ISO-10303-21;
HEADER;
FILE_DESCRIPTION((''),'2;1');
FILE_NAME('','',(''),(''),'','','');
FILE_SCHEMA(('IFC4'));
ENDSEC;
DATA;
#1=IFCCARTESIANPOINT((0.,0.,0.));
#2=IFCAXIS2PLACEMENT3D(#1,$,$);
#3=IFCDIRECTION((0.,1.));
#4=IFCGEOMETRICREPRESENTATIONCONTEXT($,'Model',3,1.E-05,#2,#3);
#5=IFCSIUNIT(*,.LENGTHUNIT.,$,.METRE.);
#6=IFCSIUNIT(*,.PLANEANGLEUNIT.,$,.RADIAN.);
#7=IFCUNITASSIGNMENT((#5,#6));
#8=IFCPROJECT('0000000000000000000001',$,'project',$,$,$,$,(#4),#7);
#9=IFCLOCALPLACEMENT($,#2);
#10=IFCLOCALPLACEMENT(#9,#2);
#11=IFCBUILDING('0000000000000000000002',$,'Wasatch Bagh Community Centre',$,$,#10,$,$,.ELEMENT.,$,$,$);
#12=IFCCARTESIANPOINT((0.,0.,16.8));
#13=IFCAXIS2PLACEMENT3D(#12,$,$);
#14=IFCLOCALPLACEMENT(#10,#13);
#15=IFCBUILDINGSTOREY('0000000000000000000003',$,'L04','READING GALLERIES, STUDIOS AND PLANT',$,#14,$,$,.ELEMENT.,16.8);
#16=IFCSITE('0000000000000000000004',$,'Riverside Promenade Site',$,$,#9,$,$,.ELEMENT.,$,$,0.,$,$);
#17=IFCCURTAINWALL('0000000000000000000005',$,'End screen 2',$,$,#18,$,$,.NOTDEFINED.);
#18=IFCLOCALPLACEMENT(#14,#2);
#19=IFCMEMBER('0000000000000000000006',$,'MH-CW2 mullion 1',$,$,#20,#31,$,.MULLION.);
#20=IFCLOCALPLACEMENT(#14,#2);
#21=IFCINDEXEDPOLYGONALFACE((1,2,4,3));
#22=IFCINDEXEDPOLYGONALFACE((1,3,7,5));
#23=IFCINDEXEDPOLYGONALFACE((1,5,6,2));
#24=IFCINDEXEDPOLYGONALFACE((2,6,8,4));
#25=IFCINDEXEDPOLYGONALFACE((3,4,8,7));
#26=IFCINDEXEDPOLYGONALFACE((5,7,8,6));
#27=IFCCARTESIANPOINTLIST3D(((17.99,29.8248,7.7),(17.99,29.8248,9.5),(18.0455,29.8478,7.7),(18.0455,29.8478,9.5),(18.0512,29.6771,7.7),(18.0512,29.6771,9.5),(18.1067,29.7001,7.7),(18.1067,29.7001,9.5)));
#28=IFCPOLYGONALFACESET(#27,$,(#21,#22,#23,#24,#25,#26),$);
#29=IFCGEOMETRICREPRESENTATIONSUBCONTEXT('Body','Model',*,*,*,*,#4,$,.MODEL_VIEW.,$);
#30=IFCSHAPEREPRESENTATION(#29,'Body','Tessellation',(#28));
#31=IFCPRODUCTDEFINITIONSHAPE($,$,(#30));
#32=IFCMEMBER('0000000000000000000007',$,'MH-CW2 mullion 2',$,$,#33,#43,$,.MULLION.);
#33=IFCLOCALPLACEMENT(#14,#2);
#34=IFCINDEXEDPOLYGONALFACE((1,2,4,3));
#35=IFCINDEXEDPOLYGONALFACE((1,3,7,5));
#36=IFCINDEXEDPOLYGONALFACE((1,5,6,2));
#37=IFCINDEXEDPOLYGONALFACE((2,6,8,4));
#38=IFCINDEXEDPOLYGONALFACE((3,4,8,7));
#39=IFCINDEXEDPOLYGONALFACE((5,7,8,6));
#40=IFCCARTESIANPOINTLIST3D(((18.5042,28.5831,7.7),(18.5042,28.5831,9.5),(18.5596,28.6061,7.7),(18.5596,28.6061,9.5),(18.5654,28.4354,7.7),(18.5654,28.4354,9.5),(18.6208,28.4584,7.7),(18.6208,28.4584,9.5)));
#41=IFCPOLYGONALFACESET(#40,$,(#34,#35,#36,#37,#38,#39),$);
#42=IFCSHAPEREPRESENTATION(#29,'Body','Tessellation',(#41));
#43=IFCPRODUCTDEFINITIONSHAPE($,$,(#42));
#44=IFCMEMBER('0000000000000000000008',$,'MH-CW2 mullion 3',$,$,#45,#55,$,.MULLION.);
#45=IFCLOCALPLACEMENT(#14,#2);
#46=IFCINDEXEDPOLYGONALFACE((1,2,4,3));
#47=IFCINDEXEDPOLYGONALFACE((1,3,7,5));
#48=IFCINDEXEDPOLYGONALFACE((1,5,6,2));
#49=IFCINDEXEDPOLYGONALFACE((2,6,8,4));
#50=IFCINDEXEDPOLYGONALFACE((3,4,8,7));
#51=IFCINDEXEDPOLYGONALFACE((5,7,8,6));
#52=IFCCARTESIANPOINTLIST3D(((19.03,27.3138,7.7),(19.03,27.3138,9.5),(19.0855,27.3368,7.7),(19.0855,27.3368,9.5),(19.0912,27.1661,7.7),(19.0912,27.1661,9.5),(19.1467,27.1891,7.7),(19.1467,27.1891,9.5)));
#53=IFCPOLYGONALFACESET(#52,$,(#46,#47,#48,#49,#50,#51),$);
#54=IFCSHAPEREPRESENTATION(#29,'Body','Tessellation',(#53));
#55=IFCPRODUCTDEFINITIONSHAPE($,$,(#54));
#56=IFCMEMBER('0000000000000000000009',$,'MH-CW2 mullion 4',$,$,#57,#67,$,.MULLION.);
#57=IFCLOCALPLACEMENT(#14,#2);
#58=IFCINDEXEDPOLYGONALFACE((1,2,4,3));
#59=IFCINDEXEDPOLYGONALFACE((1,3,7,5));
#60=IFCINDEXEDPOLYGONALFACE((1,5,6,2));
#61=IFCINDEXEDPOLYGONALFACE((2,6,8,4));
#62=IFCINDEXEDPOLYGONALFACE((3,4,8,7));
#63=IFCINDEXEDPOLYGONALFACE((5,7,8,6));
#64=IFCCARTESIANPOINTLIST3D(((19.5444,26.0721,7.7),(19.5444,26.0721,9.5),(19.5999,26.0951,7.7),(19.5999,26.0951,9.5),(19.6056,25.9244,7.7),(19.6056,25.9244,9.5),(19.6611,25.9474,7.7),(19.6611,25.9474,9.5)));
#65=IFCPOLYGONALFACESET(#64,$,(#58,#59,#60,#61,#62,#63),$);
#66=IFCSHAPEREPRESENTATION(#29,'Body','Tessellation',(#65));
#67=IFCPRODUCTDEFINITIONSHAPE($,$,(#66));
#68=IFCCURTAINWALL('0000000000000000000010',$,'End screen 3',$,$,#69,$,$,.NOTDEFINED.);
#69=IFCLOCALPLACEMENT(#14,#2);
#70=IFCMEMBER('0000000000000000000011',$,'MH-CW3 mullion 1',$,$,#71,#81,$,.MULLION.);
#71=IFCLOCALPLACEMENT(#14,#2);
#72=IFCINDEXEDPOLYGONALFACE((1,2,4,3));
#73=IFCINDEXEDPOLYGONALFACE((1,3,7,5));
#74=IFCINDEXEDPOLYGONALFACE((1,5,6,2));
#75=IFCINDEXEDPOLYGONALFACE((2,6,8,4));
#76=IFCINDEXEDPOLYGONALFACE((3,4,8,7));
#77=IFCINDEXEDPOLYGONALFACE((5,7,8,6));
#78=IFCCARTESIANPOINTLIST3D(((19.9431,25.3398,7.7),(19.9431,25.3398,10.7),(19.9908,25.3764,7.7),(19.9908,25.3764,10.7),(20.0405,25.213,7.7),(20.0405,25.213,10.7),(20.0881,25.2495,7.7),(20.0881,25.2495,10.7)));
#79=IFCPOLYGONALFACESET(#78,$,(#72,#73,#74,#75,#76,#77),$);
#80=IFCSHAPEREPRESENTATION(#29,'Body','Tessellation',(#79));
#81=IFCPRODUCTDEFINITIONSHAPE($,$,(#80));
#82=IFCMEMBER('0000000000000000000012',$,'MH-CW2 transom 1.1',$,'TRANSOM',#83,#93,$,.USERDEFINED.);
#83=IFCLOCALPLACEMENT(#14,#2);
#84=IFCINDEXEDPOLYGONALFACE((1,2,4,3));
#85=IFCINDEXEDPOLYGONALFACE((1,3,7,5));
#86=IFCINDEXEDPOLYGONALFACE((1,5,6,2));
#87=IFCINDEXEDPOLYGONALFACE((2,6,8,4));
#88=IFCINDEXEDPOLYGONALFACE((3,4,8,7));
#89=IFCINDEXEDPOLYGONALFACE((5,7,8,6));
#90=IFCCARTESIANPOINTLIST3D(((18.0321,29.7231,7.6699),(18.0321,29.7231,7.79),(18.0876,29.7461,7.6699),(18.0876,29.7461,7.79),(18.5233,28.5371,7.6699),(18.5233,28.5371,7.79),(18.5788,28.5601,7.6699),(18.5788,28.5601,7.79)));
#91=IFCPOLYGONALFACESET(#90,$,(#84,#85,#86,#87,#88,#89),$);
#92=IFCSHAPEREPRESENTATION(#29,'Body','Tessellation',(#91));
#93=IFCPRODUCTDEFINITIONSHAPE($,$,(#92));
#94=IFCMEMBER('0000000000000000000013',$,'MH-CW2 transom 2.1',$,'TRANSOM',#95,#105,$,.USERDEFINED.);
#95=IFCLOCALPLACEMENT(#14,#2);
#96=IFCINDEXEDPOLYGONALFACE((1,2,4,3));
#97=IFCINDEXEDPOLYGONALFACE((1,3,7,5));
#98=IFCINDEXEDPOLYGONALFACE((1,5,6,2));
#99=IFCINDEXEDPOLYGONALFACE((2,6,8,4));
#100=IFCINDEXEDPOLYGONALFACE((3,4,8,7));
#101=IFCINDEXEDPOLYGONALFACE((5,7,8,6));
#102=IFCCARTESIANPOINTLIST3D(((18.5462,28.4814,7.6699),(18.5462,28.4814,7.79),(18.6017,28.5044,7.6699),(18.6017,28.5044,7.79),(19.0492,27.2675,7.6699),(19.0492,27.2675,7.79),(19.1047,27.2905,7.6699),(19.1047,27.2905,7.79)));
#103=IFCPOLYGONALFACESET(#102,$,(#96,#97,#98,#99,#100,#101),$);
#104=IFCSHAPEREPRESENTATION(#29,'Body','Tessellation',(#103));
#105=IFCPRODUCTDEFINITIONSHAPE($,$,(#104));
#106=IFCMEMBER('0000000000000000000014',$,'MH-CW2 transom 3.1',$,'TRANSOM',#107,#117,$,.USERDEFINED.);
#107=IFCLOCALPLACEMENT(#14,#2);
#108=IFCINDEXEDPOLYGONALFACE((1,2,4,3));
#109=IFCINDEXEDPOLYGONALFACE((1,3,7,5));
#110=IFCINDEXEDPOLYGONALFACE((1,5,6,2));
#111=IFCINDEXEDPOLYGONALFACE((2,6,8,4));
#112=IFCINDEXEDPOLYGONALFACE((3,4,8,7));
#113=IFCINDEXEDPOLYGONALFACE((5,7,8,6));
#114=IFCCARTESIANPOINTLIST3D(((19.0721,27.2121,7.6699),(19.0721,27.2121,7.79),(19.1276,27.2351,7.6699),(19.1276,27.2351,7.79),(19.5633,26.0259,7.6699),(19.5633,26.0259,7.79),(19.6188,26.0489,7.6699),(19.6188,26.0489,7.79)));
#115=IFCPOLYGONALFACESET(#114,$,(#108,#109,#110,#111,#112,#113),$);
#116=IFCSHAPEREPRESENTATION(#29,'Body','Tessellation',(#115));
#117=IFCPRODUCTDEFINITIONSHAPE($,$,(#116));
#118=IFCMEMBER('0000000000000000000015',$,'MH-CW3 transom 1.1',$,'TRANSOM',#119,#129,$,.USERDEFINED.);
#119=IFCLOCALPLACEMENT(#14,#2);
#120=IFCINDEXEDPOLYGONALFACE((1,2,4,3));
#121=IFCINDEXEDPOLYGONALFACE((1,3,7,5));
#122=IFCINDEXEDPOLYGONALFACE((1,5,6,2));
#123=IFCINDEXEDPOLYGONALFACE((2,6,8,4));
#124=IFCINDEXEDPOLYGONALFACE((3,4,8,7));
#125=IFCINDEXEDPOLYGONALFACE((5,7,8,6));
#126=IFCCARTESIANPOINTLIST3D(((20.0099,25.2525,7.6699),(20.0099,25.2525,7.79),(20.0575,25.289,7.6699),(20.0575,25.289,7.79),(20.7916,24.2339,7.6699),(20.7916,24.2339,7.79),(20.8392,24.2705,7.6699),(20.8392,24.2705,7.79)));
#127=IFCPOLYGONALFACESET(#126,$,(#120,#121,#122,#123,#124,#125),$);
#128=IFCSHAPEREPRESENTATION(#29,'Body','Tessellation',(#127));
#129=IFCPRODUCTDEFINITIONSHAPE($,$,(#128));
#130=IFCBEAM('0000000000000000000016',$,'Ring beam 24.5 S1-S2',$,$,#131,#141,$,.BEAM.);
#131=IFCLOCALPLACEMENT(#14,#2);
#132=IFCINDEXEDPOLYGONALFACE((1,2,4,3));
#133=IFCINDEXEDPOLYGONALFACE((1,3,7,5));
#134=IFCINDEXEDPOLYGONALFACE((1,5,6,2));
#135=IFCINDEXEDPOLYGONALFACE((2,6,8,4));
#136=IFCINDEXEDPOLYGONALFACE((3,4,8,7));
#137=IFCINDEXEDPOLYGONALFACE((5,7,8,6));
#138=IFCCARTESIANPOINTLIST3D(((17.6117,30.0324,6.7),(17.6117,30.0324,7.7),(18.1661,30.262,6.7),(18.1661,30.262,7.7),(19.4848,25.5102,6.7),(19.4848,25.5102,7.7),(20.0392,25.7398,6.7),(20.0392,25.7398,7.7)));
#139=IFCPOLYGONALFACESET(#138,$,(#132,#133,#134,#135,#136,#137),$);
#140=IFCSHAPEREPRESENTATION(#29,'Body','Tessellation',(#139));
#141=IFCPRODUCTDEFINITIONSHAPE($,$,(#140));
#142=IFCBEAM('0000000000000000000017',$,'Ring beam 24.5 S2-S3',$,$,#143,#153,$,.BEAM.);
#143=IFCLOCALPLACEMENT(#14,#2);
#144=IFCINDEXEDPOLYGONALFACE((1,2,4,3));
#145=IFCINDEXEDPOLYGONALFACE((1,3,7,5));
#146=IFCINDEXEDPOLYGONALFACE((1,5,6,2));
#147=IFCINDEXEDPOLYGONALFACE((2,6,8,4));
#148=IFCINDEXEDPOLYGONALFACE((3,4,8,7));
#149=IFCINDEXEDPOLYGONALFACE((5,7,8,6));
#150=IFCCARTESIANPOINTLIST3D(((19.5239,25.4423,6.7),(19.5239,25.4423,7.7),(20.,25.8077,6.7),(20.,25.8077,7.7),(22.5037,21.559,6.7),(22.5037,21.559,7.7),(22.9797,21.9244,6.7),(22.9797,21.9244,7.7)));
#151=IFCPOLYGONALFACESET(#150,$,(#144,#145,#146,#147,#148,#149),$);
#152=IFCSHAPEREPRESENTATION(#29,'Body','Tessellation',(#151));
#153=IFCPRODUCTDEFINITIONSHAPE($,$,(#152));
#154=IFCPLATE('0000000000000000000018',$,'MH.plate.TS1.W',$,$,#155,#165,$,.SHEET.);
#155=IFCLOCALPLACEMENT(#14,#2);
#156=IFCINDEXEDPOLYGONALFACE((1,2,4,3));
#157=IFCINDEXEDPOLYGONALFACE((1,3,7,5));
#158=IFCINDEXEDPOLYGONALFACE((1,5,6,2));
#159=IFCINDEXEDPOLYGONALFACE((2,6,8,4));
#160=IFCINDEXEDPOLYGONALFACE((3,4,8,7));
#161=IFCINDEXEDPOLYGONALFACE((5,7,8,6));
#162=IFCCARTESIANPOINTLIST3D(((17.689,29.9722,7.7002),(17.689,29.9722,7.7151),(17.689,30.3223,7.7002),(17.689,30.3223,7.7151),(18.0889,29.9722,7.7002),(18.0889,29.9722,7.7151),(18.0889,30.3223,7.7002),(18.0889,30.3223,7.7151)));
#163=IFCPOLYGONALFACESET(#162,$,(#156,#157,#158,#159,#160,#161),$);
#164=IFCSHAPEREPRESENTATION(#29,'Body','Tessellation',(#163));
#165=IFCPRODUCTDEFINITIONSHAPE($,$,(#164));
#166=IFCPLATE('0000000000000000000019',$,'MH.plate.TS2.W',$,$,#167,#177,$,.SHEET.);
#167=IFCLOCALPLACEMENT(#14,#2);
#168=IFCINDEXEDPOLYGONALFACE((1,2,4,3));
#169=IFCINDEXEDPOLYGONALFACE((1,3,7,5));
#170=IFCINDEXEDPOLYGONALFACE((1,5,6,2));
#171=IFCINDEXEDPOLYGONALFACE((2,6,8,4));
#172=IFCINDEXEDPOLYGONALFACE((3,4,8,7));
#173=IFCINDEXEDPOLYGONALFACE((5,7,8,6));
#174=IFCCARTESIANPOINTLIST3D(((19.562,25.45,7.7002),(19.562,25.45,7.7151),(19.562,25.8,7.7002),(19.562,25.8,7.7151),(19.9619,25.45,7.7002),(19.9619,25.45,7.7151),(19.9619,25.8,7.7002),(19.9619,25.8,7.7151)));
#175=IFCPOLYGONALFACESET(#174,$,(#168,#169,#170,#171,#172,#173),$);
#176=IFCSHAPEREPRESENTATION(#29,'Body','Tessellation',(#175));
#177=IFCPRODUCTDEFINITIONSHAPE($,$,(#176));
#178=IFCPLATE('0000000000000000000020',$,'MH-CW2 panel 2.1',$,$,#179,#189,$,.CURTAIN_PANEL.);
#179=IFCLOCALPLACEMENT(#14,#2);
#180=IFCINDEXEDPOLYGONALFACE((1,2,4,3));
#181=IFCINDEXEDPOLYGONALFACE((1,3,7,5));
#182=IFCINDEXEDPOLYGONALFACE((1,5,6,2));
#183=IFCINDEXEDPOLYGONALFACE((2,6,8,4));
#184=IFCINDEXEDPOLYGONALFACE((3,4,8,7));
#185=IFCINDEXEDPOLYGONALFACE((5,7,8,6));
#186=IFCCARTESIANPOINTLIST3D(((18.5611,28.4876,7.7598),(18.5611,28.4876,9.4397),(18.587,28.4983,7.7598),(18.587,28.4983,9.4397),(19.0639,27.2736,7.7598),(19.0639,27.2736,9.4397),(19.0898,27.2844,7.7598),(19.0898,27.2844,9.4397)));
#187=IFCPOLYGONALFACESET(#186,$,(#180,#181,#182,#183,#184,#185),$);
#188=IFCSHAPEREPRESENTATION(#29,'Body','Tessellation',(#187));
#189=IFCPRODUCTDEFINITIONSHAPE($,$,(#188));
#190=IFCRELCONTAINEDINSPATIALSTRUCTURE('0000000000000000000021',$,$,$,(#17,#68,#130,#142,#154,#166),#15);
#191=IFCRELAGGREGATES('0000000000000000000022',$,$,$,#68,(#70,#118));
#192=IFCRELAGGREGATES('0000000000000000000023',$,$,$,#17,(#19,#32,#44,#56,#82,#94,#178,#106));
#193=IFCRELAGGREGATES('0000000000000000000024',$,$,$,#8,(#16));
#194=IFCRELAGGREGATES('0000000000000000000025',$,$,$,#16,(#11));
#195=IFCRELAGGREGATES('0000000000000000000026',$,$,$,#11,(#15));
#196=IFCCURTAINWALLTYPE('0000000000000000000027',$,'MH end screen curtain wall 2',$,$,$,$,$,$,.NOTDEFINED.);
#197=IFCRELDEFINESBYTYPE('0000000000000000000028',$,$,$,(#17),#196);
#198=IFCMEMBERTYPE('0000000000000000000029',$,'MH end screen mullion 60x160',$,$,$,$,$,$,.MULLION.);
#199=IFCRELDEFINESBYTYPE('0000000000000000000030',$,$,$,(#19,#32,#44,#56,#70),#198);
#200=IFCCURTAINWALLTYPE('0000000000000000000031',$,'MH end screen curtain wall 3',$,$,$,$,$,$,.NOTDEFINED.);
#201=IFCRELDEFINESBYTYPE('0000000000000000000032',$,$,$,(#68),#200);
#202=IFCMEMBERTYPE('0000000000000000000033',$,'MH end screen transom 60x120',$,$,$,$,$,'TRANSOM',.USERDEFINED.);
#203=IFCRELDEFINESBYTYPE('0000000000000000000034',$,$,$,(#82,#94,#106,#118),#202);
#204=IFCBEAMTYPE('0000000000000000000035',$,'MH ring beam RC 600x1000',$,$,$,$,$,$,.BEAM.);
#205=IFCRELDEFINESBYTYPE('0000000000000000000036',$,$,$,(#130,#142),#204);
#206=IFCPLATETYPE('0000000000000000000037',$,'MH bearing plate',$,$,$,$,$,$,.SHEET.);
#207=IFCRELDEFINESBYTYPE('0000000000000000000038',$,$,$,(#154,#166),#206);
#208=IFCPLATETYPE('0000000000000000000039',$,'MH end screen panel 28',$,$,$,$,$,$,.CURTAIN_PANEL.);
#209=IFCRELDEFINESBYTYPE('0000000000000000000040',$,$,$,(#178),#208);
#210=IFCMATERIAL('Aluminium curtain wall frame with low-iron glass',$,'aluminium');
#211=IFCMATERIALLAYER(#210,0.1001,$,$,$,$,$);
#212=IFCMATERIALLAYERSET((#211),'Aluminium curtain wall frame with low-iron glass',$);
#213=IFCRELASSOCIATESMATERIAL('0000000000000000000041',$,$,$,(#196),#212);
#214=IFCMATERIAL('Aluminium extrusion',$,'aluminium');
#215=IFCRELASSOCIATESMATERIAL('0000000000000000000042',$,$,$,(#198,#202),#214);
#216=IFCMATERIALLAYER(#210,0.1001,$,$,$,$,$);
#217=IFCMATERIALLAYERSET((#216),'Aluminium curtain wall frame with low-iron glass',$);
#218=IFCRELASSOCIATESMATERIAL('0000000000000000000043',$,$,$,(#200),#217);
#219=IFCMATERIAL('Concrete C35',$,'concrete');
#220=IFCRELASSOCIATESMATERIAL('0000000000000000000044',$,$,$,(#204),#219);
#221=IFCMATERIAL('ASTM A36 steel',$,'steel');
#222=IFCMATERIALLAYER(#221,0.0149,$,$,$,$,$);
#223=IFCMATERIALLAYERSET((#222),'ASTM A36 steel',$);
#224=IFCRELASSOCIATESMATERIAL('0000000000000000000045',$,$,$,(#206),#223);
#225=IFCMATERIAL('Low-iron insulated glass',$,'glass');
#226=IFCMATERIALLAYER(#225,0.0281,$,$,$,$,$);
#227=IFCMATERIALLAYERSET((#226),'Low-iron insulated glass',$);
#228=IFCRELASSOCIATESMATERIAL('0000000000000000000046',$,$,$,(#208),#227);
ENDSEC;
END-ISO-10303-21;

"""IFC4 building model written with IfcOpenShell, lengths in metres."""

from ifc_helpers import new_model, si_unit, direction, frame, origin, origin_2d, place, context, subcontext, project, spatial, rectangle, extrude, material, layer, layer_set, material_profile, profile_set, type_object, element, aggregate, save


model = new_model("IFC4")

# Units and contexts
model_context = context("Model", 3, precision=1e-05, world=origin(), true_north=direction((0.0, 1.0)))
body_context = subcontext(model_context, "Body", "Model", "MODEL_VIEW")
ifc_project = project(units=[si_unit("LENGTHUNIT", "METRE"), si_unit("PLANEANGLEUNIT", "RADIAN")], contexts=[model_context])

# Site, building, storey
site_placement = place(None, origin())
site = spatial("IfcSite", under=ifc_project, at=site_placement, Name="Riverside Promenade Site", CompositionType="ELEMENT", RefElevation=0.0)
building_placement = place(site_placement, origin())
building = spatial("IfcBuilding", under=site, at=building_placement, Name="Wasatch Bagh Community Centre", CompositionType="ELEMENT")
storey_placement = place(building_placement, frame((0.0, 0.0, 16.8)))
storey = spatial("IfcBuildingStorey", under=building, at=storey_placement, Name="L04", Description="READING GALLERIES, STUDIOS AND PLANT", CompositionType="ELEMENT", Elevation=16.8)

# Curtain wall, members
ifc_material_1 = material(Name="Aluminium curtain wall frame with low-iron glass", Category="aluminium")
ifc_layer_1 = layer(ifc_material_1, 0.1001)
ifc_layer_set_1 = layer_set([ifc_layer_1], Name="Aluminium curtain wall frame with low-iron glass")
curtain_wall_type_1 = type_object("IfcCurtainWallType", Name="MH end screen curtain wall 2", PredefinedType="NOTDEFINED", material=ifc_layer_set_1)
curtain_wall_1_placement = place(storey_placement, origin())
curtain_wall_1 = element("IfcCurtainWall", 1, at=curtain_wall_1_placement, inside=storey, type_object=curtain_wall_type_1, Name="End screen 2", PredefinedType="NOTDEFINED")
ifc_material_2 = material(Name="Aluminium extrusion", Category="aluminium")
ifc_material_profile_1 = material_profile(ifc_material_2, rectangle(XDim=0.0601, YDim=0.1599, at=origin_2d()), Name="AL 60x160")
ifc_profile_set_1 = profile_set([ifc_material_profile_1], Name="Aluminium extrusion")
member_type_1 = type_object("IfcMemberType", Name="MH end screen mullion 60x160", PredefinedType="MULLION", material=ifc_profile_set_1)
member_1_placement = place(storey_placement, frame((18.0483, 29.7625, 7.7), z_axis=(0.0, 0.0, 1.0), x_axis=(0.92388, 0.382683, 0.0)))
member_1 = element("IfcMember", 2, at=member_1_placement, type_object=member_type_1, Name="MH-CW2 mullion 1", PredefinedType="MULLION", context=body_context, shape_type="SweptSolid", body=[
    extrude(rectangle(XDim=0.0601, YDim=0.1599, at=origin_2d()), origin(), (0.0, 0.0, 1.0), 1.8),
])
member_2_placement = place(storey_placement, frame((18.5625, 28.5208, 7.7), z_axis=(0.0, 0.0, 1.0), x_axis=(0.92388, 0.382683, 0.0)))
member_2 = element("IfcMember", 3, at=member_2_placement, type_object=member_type_1, Name="MH-CW2 mullion 2", PredefinedType="MULLION", context=body_context, shape_type="SweptSolid", body=[
    extrude(rectangle(XDim=0.0601, YDim=0.1599, at=origin_2d()), origin(), (0.0, 0.0, 1.0), 1.8),
])
member_3_placement = place(storey_placement, frame((19.0884, 27.2515, 7.7), z_axis=(0.0, 0.0, 1.0), x_axis=(0.92388, 0.382683, 0.0)))
member_3 = element("IfcMember", 4, at=member_3_placement, type_object=member_type_1, Name="MH-CW2 mullion 3", PredefinedType="MULLION", context=body_context, shape_type="SweptSolid", body=[
    extrude(rectangle(XDim=0.0601, YDim=0.1599, at=origin_2d()), origin(), (0.0, 0.0, 1.0), 1.8),
])
member_4_placement = place(storey_placement, frame((19.6028, 26.0098, 7.7), z_axis=(0.0, 0.0, 1.0), x_axis=(0.92388, 0.382683, 0.0)))
member_4 = element("IfcMember", 5, at=member_4_placement, type_object=member_type_1, Name="MH-CW2 mullion 4", PredefinedType="MULLION", context=body_context, shape_type="SweptSolid", body=[
    extrude(rectangle(XDim=0.0601, YDim=0.1599, at=origin_2d()), origin(), (0.0, 0.0, 1.0), 1.8),
])

# Curtain wall, member
ifc_layer_2 = layer(ifc_material_1, 0.1001)
ifc_layer_set_2 = layer_set([ifc_layer_2], Name="Aluminium curtain wall frame with low-iron glass")
curtain_wall_type_2 = type_object("IfcCurtainWallType", Name="MH end screen curtain wall 3", PredefinedType="NOTDEFINED", material=ifc_layer_set_2)
curtain_wall_2_placement = place(storey_placement, origin())
curtain_wall_2 = element("IfcCurtainWall", 6, at=curtain_wall_2_placement, inside=storey, type_object=curtain_wall_type_2, Name="End screen 3", PredefinedType="NOTDEFINED")
member_5_placement = place(storey_placement, frame((20.0156, 25.2947, 7.7), z_axis=(0.0, 0.0, 1.0), x_axis=(0.793353, 0.608761, 0.0)))
member_5 = element("IfcMember", 7, at=member_5_placement, type_object=member_type_1, Name="MH-CW3 mullion 1", PredefinedType="MULLION", context=body_context, shape_type="SweptSolid", body=[
    extrude(rectangle(XDim=0.0601, YDim=0.1599, at=origin_2d()), origin(), (0.0, 0.0, 1.0), 3.0),
])

# Members
ifc_material_profile_2 = material_profile(ifc_material_2, rectangle(XDim=0.0601, YDim=0.1201, at=origin_2d()), Name="AL 60x120")
ifc_profile_set_2 = profile_set([ifc_material_profile_2], Name="Aluminium extrusion")
member_type_2 = type_object("IfcMemberType", Name="MH end screen transom 60x120", ElementType="TRANSOM", PredefinedType="USERDEFINED", material=ifc_profile_set_2)
member_6_placement = place(storey_placement, frame((18.0598, 29.7346, 7.73), z_axis=(0.382643, -0.923896, 0.0), x_axis=(0.923896, 0.382643, 0.0)))
member_6 = element("IfcMember", 8, at=member_6_placement, type_object=member_type_2, Name="MH-CW2 transom 1.1", ObjectType="TRANSOM", PredefinedType="USERDEFINED", context=body_context, shape_type="SweptSolid", body=[
    extrude(rectangle(XDim=0.0601, YDim=0.1201, at=origin_2d()), origin(), (0.0, 0.0, 1.0), 1.2837),
])
member_7_placement = place(storey_placement, frame((18.574, 28.4929, 7.73), z_axis=(0.382768, -0.923845, 0.0), x_axis=(0.923845, 0.382768, 0.0)))
member_7 = element("IfcMember", 9, at=member_7_placement, type_object=member_type_2, Name="MH-CW2 transom 2.1", ObjectType="TRANSOM", PredefinedType="USERDEFINED", context=body_context, shape_type="SweptSolid", body=[
    extrude(rectangle(XDim=0.0601, YDim=0.1201, at=origin_2d()), origin(), (0.0, 0.0, 1.0), 1.314),
])
member_8_placement = place(storey_placement, frame((19.0999, 27.2236, 7.73), z_axis=(0.382576, -0.923924, 0.0), x_axis=(0.923924, 0.382576, 0.0)))
member_8 = element("IfcMember", 10, at=member_8_placement, type_object=member_type_2, Name="MH-CW2 transom 3.1", ObjectType="TRANSOM", PredefinedType="USERDEFINED", context=body_context, shape_type="SweptSolid", body=[
    extrude(rectangle(XDim=0.0601, YDim=0.1201, at=origin_2d()), origin(), (0.0, 0.0, 1.0), 1.2839),
])
member_9_placement = place(storey_placement, frame((20.0337, 25.2708, 7.73), z_axis=(0.608847, -0.793288, 0.0), x_axis=(0.793288, 0.608847, 0.0)))
member_9 = element("IfcMember", 11, at=member_9_placement, type_object=member_type_2, Name="MH-CW3 transom 1.1", ObjectType="TRANSOM", PredefinedType="USERDEFINED", context=body_context, shape_type="SweptSolid", body=[
    extrude(rectangle(XDim=0.0601, YDim=0.1201, at=origin_2d()), origin(), (0.0, 0.0, 1.0), 1.2839),
])
aggregate(curtain_wall_2, [member_5, member_9])

# Beams
ifc_material_3 = material(Name="Concrete C35", Category="concrete")
ifc_material_profile_3 = material_profile(ifc_material_3, rectangle(XDim=0.6001, YDim=1.0, at=origin_2d()), Name="RC 600x1000")
ifc_profile_set_3 = profile_set([ifc_material_profile_3], Name="Concrete C35")
beam_type = type_object("IfcBeamType", Name="MH ring beam RC 600x1000", PredefinedType="BEAM", material=ifc_profile_set_3)
for number, where, z_axis, x_axis, name in (
    (12, (17.8889, 30.1472, 7.2), (0.382663, -0.923888, 0.0), (0.923888, 0.382663, 0.0), "Ring beam 24.5 S1-S2"),
    (13, (19.762, 25.625, 7.2), (0.608758, -0.793356, 0.0), (0.793356, 0.608758, 0.0), "Ring beam 24.5 S2-S3"),
):
    element("IfcBeam", number, at=place(storey_placement, frame(where, z_axis=z_axis, x_axis=x_axis)), inside=storey, type_object=beam_type, Name=name, PredefinedType="BEAM", context=body_context, shape_type="SweptSolid", body=[
        extrude(rectangle(XDim=0.6001, YDim=1.0, at=origin_2d()), origin(), (0.0, 0.0, 1.0), 4.8948),
    ])

# Plates
ifc_material_4 = material(Name="ASTM A36 steel", Category="steel")
ifc_layer_3 = layer(ifc_material_4, 0.0149)
ifc_layer_set_3 = layer_set([ifc_layer_3], Name="ASTM A36 steel")
plate_type_1 = type_object("IfcPlateType", Name="MH bearing plate", PredefinedType="SHEET", material=ifc_layer_set_3)
for number, where, z_axis, x_axis, name in (
    (14, (17.8889, 30.1472, 7.7002), (0.0, 0.0, 1.0), (1.0, 0.0, 0.0), "MH.plate.TS1.W"),
    (15, (19.762, 25.625, 7.7002), (0.0, 0.0, 1.0), (1.0, 0.0, 0.0), "MH.plate.TS2.W"),
):
    element("IfcPlate", number, at=place(storey_placement, frame(where, z_axis=z_axis, x_axis=x_axis)), inside=storey, type_object=plate_type_1, Name=name, PredefinedType="SHEET", context=body_context, shape_type="SweptSolid", body=[
        extrude(rectangle(XDim=0.3999, YDim=0.3501, at=origin_2d()), origin(), (0.0, 0.0, 1.0), 0.0149),
    ])

# Plate
ifc_material_5 = material(Name="Low-iron insulated glass", Category="glass")
ifc_layer_4 = layer(ifc_material_5, 0.0281)
ifc_layer_set_4 = layer_set([ifc_layer_4], Name="Low-iron insulated glass")
plate_type_2 = type_object("IfcPlateType", Name="MH end screen panel 28", PredefinedType="CURTAIN_PANEL", material=ifc_layer_set_4)
plate_1_placement = place(storey_placement, frame((18.8254, 27.886, 7.7598), z_axis=(0.0, 0.0, 1.0), x_axis=(0.382683, -0.92388, 0.0)))
plate_1 = element("IfcPlate", 16, at=plate_1_placement, type_object=plate_type_2, Name="MH-CW2 panel 2.1", PredefinedType="CURTAIN_PANEL", context=body_context, shape_type="SweptSolid", body=[
    extrude(rectangle(XDim=1.314, YDim=0.0281, at=origin_2d()), origin(), (0.0, 0.0, 1.0), 1.6799),
])
aggregate(curtain_wall_1, [member_1, member_2, member_3, member_4, member_6, member_7, plate_1, member_8])

save(model, "model.ifc")
